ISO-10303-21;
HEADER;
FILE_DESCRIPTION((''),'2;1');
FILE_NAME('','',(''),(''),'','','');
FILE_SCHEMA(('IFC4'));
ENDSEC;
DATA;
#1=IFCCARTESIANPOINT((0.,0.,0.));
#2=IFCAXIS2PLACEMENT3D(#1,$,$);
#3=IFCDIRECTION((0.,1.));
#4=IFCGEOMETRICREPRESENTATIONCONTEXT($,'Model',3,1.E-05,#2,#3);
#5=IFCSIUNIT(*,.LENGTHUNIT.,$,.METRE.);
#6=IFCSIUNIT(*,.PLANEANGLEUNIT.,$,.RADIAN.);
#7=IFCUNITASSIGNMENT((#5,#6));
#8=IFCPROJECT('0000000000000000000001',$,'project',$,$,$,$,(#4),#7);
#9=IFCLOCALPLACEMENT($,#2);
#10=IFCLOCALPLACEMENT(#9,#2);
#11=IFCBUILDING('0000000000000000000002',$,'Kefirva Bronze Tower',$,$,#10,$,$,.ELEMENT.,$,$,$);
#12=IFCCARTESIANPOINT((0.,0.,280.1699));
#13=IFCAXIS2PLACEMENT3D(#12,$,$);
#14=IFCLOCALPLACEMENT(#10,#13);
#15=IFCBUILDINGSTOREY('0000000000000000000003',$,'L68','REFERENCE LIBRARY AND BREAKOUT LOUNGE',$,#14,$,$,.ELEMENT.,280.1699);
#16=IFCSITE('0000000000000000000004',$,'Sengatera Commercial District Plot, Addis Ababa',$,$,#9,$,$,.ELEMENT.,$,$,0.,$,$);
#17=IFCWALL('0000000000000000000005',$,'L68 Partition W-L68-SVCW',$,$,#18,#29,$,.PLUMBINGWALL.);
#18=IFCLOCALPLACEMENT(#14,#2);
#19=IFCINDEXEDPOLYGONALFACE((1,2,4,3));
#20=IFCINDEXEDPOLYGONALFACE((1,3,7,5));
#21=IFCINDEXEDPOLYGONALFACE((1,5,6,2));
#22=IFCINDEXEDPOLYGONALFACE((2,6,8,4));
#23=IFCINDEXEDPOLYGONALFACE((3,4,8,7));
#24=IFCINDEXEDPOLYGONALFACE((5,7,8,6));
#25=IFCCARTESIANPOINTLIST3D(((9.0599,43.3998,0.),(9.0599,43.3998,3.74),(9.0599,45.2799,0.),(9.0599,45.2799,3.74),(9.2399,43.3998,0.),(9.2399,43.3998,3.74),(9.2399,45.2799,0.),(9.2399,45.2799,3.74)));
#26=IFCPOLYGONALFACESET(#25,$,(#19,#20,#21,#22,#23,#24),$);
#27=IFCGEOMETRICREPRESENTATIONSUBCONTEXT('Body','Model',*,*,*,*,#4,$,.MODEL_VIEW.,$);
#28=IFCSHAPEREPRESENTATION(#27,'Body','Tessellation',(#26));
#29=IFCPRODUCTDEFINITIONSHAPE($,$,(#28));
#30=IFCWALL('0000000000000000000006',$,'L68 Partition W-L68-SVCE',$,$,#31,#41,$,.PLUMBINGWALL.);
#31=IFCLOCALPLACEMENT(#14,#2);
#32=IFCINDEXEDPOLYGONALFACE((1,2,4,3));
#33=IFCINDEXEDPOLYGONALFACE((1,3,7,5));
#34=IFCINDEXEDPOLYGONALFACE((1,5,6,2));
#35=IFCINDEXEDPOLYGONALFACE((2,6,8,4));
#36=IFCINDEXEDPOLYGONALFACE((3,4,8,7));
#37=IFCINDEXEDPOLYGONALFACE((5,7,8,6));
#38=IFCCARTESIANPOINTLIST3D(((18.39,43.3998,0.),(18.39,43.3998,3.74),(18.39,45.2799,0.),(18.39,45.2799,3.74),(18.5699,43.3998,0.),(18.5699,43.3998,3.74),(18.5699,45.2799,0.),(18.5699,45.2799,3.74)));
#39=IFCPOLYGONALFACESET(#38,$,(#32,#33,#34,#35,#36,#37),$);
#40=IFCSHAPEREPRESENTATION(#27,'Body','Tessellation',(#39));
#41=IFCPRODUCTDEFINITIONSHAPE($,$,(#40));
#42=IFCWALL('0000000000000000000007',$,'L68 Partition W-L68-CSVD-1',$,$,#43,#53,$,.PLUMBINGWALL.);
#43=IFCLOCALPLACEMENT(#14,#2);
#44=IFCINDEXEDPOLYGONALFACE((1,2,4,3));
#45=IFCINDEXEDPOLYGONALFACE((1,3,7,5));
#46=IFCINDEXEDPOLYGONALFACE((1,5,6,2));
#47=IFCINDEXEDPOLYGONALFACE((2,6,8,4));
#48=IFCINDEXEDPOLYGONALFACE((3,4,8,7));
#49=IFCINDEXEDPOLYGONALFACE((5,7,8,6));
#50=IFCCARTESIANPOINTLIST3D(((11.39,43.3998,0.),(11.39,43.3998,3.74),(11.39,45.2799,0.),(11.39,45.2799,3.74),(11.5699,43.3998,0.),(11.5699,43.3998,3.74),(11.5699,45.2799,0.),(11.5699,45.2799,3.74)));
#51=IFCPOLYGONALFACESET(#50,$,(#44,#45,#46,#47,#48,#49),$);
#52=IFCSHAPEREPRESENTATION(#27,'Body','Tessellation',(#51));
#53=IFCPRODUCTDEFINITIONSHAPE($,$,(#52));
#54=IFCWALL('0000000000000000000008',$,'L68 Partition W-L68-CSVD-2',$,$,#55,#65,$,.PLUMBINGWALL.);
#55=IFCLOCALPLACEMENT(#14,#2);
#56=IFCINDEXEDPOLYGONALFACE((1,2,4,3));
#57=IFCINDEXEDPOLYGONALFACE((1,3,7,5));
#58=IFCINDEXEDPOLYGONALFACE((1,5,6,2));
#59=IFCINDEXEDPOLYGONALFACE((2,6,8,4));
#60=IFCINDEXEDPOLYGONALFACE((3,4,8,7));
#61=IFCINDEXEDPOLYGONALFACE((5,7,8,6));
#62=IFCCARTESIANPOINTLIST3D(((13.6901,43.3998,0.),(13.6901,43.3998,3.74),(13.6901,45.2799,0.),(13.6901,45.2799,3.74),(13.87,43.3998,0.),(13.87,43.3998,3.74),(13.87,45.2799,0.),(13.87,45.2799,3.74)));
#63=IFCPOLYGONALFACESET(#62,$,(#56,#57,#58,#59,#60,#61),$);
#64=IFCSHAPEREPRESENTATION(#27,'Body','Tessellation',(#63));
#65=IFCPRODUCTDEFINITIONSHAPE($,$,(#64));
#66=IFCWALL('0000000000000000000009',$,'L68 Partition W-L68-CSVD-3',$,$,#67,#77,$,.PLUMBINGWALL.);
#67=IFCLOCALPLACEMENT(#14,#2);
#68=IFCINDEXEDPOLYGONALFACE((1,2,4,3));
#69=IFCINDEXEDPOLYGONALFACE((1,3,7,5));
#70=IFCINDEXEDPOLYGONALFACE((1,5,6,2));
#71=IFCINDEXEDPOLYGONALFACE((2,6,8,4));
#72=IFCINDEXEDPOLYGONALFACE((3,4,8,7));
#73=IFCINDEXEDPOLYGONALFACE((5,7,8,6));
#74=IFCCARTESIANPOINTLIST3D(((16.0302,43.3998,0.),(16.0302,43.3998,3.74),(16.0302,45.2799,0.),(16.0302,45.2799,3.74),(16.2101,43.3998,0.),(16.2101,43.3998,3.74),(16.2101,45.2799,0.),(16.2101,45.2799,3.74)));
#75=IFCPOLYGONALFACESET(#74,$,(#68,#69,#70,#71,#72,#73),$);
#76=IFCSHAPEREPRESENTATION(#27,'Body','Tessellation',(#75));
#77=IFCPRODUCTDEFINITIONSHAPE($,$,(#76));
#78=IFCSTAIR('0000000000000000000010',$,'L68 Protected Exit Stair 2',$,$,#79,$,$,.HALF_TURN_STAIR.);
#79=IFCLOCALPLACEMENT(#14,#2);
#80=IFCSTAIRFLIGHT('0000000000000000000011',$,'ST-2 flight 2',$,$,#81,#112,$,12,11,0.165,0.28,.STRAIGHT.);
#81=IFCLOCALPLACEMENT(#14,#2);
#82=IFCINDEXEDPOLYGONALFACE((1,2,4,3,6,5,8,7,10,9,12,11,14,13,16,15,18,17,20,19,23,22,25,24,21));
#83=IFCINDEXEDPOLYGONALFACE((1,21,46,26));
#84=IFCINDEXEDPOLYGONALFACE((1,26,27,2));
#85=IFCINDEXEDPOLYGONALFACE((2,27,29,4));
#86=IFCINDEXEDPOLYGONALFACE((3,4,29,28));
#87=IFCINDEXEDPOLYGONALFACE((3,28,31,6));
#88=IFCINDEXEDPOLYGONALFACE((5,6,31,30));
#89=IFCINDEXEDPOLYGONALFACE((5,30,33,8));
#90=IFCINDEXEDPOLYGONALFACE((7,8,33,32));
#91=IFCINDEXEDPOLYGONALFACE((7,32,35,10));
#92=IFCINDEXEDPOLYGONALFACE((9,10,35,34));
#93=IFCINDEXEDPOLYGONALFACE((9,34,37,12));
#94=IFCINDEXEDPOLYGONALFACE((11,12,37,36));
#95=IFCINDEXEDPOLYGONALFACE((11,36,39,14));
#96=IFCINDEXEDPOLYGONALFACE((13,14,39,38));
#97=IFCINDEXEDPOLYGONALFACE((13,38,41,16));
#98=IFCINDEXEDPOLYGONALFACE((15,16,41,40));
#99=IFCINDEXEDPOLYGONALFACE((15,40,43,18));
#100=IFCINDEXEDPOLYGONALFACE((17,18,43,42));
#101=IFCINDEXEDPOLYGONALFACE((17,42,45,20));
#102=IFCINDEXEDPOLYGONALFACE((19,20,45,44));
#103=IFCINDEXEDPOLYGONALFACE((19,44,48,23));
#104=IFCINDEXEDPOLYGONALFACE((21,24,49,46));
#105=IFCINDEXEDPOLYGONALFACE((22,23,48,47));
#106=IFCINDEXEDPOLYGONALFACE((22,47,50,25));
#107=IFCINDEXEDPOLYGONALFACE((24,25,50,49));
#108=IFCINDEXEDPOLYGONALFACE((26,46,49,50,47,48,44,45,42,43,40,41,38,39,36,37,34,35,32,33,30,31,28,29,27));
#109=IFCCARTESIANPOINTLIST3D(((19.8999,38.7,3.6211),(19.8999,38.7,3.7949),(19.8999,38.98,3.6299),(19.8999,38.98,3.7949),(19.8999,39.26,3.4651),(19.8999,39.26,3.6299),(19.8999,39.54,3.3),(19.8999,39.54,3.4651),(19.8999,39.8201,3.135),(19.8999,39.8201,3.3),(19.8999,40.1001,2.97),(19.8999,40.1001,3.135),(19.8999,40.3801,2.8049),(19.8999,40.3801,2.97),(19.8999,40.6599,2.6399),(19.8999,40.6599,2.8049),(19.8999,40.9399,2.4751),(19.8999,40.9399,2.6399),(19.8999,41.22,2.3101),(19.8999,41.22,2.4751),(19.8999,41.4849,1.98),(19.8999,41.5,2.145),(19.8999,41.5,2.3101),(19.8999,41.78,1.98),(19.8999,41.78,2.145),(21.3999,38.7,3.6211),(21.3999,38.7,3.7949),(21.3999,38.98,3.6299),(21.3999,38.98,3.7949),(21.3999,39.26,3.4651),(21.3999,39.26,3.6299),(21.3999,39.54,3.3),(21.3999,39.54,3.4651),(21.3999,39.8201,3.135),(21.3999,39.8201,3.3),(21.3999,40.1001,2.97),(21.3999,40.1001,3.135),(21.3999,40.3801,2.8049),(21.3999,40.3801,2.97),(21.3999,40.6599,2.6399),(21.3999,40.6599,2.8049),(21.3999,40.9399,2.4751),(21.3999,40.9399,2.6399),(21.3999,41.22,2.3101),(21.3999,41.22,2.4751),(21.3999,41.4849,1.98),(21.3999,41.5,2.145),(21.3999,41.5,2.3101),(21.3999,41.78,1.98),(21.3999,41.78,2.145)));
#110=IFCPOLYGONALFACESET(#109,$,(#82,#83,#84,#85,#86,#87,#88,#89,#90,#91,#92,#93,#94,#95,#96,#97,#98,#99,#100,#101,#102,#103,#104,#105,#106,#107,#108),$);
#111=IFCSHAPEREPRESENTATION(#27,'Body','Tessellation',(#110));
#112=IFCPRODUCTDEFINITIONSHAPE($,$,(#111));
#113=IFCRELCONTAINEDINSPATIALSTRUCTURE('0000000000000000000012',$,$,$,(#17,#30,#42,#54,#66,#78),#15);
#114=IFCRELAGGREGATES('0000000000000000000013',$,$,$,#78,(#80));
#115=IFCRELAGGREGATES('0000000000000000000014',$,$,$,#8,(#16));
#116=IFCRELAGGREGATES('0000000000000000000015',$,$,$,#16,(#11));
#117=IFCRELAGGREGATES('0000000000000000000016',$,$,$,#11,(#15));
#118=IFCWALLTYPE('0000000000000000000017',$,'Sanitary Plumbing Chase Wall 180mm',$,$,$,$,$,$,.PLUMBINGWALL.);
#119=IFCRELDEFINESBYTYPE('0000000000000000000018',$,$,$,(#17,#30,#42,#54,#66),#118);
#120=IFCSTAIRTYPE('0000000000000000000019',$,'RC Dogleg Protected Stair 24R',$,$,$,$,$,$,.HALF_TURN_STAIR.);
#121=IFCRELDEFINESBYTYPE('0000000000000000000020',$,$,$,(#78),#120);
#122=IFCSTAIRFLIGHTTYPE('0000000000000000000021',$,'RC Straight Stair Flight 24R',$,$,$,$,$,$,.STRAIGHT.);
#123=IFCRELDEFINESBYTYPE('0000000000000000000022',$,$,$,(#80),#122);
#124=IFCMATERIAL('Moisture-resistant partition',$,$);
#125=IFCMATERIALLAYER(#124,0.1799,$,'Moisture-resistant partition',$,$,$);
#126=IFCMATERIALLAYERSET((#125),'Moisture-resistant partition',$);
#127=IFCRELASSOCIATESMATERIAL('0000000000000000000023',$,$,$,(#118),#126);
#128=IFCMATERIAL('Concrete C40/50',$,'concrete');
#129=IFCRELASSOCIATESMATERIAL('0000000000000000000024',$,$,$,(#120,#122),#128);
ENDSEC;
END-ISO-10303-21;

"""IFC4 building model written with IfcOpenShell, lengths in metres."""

from ifc_helpers import new_model, si_unit, direction, frame, frame_2d, origin, place, context, subcontext, project, spatial, polyline, rectangle, outline, extrude, material, layer, layer_set, type_object, element, aggregate, save


model = new_model("IFC4")

# Units and contexts
model_context = context("Model", 3, precision=1e-05, world=origin(), true_north=direction((0.0, 1.0)))
body_context = subcontext(model_context, "Body", "Model", "MODEL_VIEW")
ifc_project = project(units=[si_unit("LENGTHUNIT", "METRE"), si_unit("PLANEANGLEUNIT", "RADIAN")], contexts=[model_context])

# Site, building, storey
site_placement = place(None, origin())
site = spatial("IfcSite", under=ifc_project, at=site_placement, Name="Sengatera Commercial District Plot, Addis Ababa", CompositionType="ELEMENT", RefElevation=0.0)
building_placement = place(site_placement, origin())
building = spatial("IfcBuilding", under=site, at=building_placement, Name="Kefirva Bronze Tower", CompositionType="ELEMENT")
storey_placement = place(building_placement, frame((0.0, 0.0, 280.1699)))
storey = spatial("IfcBuildingStorey", under=building, at=storey_placement, Name="L68", Description="REFERENCE LIBRARY AND BREAKOUT LOUNGE", CompositionType="ELEMENT", Elevation=280.1699)

# Shared definitions
ifc_material_1 = material(Name="Moisture-resistant partition")
ifc_layer_1 = layer(ifc_material_1, 0.1799, Name="Moisture-resistant partition")
ifc_layer_set_1 = layer_set([ifc_layer_1], Name="Moisture-resistant partition")
wall_type_1 = type_object("IfcWallType", Name="Sanitary Plumbing Chase Wall 180mm", PredefinedType="PLUMBINGWALL", material=ifc_layer_set_1)

# Walls
for number, where, z_axis, x_axis, name in (
    (1, (9.1499, 43.3999, 0.0), (0.0, 0.0, 1.0), (0.0, 1.0, 0.0), "L68 Partition W-L68-SVCW"),
    (2, (18.48, 43.3999, 0.0), (0.0, 0.0, 1.0), (0.0, 1.0, 0.0), "L68 Partition W-L68-SVCE"),
    (3, (11.48, 43.3999, 0.0), (0.0, 0.0, 1.0), (0.0, 1.0, 0.0), "L68 Partition W-L68-CSVD-1"),
    (4, (13.78, 43.3999, 0.0), (0.0, 0.0, 1.0), (0.0, 1.0, 0.0), "L68 Partition W-L68-CSVD-2"),
    (5, (16.1201, 43.3999, 0.0), (0.0, 0.0, 1.0), (0.0, 1.0, 0.0), "L68 Partition W-L68-CSVD-3"),
):
    element("IfcWall", number, at=place(storey_placement, frame(where, z_axis=z_axis, x_axis=x_axis)), inside=storey, type_object=wall_type_1, Name=name, PredefinedType="PLUMBINGWALL", context=body_context, shape_type="SweptSolid", body=[
        extrude(rectangle(XDim=1.8801, YDim=0.1799, at=frame_2d((0.9399, 0.0))), origin(), (0.0, 0.0, 1.0), 3.74),
    ])

# Stair, stair flight
ifc_material_2 = material(Name="Concrete C40/50", Category="concrete")
stair_type = type_object("IfcStairType", Name="RC Dogleg Protected Stair 24R", PredefinedType="HALF_TURN_STAIR", material=ifc_material_2)
stair_placement = place(storey_placement, origin())
stair = element("IfcStair", 6, at=stair_placement, inside=storey, type_object=stair_type, Name="L68 Protected Exit Stair 2", PredefinedType="HALF_TURN_STAIR")
stair_flight_type = type_object("IfcStairFlightType", Name="RC Straight Stair Flight 24R", PredefinedType="STRAIGHT", material=ifc_material_2)
stair_flight_placement = place(storey_placement, frame((20.6499, 41.78, 1.98), z_axis=(0.0, 0.0, 1.0), x_axis=(0.0, -1.0, 0.0)))
stair_flight = element("IfcStairFlight", 7, at=stair_flight_placement, type_object=stair_flight_type, Name="ST-2 flight 2", NumberOfRisers=12, NumberOfTreads=11, PredefinedType="STRAIGHT", RiserHeight=0.165, TreadLength=0.28, context=body_context, shape_type="SweptSolid", body=[
    extrude(outline(polyline([(0.0, 0.0), (0.0, 0.165), (0.28, 0.165), (0.28, 0.3301), (0.5601, 0.3301), (0.5601, 0.4951), (0.8401, 0.4951), (0.8401, 0.6599), (1.1201, 0.6599), (1.1201, 0.825), (1.3999, 0.825), (1.3999, 0.99), (1.6799, 0.99), (1.6799, 1.155), (1.96, 1.155), (1.96, 1.3201), (2.24, 1.3201), (2.24, 1.4851), (2.52, 1.4851), (2.52, 1.6499), (2.8, 1.6499), (2.8, 1.8149), (3.0801, 1.8149), (3.0801, 1.98), (3.0801, 1.6411), (0.2952, 0.0), (0.0, 0.0)])), frame((0.0, 0.75, 0.0), z_axis=(0.0, -1.0, 0.0), x_axis=(1.0, 0.0, 0.0)), (0.0, 0.0, 1.0), 1.5),
])
aggregate(stair, [stair_flight])

save(model, "model.ifc")
